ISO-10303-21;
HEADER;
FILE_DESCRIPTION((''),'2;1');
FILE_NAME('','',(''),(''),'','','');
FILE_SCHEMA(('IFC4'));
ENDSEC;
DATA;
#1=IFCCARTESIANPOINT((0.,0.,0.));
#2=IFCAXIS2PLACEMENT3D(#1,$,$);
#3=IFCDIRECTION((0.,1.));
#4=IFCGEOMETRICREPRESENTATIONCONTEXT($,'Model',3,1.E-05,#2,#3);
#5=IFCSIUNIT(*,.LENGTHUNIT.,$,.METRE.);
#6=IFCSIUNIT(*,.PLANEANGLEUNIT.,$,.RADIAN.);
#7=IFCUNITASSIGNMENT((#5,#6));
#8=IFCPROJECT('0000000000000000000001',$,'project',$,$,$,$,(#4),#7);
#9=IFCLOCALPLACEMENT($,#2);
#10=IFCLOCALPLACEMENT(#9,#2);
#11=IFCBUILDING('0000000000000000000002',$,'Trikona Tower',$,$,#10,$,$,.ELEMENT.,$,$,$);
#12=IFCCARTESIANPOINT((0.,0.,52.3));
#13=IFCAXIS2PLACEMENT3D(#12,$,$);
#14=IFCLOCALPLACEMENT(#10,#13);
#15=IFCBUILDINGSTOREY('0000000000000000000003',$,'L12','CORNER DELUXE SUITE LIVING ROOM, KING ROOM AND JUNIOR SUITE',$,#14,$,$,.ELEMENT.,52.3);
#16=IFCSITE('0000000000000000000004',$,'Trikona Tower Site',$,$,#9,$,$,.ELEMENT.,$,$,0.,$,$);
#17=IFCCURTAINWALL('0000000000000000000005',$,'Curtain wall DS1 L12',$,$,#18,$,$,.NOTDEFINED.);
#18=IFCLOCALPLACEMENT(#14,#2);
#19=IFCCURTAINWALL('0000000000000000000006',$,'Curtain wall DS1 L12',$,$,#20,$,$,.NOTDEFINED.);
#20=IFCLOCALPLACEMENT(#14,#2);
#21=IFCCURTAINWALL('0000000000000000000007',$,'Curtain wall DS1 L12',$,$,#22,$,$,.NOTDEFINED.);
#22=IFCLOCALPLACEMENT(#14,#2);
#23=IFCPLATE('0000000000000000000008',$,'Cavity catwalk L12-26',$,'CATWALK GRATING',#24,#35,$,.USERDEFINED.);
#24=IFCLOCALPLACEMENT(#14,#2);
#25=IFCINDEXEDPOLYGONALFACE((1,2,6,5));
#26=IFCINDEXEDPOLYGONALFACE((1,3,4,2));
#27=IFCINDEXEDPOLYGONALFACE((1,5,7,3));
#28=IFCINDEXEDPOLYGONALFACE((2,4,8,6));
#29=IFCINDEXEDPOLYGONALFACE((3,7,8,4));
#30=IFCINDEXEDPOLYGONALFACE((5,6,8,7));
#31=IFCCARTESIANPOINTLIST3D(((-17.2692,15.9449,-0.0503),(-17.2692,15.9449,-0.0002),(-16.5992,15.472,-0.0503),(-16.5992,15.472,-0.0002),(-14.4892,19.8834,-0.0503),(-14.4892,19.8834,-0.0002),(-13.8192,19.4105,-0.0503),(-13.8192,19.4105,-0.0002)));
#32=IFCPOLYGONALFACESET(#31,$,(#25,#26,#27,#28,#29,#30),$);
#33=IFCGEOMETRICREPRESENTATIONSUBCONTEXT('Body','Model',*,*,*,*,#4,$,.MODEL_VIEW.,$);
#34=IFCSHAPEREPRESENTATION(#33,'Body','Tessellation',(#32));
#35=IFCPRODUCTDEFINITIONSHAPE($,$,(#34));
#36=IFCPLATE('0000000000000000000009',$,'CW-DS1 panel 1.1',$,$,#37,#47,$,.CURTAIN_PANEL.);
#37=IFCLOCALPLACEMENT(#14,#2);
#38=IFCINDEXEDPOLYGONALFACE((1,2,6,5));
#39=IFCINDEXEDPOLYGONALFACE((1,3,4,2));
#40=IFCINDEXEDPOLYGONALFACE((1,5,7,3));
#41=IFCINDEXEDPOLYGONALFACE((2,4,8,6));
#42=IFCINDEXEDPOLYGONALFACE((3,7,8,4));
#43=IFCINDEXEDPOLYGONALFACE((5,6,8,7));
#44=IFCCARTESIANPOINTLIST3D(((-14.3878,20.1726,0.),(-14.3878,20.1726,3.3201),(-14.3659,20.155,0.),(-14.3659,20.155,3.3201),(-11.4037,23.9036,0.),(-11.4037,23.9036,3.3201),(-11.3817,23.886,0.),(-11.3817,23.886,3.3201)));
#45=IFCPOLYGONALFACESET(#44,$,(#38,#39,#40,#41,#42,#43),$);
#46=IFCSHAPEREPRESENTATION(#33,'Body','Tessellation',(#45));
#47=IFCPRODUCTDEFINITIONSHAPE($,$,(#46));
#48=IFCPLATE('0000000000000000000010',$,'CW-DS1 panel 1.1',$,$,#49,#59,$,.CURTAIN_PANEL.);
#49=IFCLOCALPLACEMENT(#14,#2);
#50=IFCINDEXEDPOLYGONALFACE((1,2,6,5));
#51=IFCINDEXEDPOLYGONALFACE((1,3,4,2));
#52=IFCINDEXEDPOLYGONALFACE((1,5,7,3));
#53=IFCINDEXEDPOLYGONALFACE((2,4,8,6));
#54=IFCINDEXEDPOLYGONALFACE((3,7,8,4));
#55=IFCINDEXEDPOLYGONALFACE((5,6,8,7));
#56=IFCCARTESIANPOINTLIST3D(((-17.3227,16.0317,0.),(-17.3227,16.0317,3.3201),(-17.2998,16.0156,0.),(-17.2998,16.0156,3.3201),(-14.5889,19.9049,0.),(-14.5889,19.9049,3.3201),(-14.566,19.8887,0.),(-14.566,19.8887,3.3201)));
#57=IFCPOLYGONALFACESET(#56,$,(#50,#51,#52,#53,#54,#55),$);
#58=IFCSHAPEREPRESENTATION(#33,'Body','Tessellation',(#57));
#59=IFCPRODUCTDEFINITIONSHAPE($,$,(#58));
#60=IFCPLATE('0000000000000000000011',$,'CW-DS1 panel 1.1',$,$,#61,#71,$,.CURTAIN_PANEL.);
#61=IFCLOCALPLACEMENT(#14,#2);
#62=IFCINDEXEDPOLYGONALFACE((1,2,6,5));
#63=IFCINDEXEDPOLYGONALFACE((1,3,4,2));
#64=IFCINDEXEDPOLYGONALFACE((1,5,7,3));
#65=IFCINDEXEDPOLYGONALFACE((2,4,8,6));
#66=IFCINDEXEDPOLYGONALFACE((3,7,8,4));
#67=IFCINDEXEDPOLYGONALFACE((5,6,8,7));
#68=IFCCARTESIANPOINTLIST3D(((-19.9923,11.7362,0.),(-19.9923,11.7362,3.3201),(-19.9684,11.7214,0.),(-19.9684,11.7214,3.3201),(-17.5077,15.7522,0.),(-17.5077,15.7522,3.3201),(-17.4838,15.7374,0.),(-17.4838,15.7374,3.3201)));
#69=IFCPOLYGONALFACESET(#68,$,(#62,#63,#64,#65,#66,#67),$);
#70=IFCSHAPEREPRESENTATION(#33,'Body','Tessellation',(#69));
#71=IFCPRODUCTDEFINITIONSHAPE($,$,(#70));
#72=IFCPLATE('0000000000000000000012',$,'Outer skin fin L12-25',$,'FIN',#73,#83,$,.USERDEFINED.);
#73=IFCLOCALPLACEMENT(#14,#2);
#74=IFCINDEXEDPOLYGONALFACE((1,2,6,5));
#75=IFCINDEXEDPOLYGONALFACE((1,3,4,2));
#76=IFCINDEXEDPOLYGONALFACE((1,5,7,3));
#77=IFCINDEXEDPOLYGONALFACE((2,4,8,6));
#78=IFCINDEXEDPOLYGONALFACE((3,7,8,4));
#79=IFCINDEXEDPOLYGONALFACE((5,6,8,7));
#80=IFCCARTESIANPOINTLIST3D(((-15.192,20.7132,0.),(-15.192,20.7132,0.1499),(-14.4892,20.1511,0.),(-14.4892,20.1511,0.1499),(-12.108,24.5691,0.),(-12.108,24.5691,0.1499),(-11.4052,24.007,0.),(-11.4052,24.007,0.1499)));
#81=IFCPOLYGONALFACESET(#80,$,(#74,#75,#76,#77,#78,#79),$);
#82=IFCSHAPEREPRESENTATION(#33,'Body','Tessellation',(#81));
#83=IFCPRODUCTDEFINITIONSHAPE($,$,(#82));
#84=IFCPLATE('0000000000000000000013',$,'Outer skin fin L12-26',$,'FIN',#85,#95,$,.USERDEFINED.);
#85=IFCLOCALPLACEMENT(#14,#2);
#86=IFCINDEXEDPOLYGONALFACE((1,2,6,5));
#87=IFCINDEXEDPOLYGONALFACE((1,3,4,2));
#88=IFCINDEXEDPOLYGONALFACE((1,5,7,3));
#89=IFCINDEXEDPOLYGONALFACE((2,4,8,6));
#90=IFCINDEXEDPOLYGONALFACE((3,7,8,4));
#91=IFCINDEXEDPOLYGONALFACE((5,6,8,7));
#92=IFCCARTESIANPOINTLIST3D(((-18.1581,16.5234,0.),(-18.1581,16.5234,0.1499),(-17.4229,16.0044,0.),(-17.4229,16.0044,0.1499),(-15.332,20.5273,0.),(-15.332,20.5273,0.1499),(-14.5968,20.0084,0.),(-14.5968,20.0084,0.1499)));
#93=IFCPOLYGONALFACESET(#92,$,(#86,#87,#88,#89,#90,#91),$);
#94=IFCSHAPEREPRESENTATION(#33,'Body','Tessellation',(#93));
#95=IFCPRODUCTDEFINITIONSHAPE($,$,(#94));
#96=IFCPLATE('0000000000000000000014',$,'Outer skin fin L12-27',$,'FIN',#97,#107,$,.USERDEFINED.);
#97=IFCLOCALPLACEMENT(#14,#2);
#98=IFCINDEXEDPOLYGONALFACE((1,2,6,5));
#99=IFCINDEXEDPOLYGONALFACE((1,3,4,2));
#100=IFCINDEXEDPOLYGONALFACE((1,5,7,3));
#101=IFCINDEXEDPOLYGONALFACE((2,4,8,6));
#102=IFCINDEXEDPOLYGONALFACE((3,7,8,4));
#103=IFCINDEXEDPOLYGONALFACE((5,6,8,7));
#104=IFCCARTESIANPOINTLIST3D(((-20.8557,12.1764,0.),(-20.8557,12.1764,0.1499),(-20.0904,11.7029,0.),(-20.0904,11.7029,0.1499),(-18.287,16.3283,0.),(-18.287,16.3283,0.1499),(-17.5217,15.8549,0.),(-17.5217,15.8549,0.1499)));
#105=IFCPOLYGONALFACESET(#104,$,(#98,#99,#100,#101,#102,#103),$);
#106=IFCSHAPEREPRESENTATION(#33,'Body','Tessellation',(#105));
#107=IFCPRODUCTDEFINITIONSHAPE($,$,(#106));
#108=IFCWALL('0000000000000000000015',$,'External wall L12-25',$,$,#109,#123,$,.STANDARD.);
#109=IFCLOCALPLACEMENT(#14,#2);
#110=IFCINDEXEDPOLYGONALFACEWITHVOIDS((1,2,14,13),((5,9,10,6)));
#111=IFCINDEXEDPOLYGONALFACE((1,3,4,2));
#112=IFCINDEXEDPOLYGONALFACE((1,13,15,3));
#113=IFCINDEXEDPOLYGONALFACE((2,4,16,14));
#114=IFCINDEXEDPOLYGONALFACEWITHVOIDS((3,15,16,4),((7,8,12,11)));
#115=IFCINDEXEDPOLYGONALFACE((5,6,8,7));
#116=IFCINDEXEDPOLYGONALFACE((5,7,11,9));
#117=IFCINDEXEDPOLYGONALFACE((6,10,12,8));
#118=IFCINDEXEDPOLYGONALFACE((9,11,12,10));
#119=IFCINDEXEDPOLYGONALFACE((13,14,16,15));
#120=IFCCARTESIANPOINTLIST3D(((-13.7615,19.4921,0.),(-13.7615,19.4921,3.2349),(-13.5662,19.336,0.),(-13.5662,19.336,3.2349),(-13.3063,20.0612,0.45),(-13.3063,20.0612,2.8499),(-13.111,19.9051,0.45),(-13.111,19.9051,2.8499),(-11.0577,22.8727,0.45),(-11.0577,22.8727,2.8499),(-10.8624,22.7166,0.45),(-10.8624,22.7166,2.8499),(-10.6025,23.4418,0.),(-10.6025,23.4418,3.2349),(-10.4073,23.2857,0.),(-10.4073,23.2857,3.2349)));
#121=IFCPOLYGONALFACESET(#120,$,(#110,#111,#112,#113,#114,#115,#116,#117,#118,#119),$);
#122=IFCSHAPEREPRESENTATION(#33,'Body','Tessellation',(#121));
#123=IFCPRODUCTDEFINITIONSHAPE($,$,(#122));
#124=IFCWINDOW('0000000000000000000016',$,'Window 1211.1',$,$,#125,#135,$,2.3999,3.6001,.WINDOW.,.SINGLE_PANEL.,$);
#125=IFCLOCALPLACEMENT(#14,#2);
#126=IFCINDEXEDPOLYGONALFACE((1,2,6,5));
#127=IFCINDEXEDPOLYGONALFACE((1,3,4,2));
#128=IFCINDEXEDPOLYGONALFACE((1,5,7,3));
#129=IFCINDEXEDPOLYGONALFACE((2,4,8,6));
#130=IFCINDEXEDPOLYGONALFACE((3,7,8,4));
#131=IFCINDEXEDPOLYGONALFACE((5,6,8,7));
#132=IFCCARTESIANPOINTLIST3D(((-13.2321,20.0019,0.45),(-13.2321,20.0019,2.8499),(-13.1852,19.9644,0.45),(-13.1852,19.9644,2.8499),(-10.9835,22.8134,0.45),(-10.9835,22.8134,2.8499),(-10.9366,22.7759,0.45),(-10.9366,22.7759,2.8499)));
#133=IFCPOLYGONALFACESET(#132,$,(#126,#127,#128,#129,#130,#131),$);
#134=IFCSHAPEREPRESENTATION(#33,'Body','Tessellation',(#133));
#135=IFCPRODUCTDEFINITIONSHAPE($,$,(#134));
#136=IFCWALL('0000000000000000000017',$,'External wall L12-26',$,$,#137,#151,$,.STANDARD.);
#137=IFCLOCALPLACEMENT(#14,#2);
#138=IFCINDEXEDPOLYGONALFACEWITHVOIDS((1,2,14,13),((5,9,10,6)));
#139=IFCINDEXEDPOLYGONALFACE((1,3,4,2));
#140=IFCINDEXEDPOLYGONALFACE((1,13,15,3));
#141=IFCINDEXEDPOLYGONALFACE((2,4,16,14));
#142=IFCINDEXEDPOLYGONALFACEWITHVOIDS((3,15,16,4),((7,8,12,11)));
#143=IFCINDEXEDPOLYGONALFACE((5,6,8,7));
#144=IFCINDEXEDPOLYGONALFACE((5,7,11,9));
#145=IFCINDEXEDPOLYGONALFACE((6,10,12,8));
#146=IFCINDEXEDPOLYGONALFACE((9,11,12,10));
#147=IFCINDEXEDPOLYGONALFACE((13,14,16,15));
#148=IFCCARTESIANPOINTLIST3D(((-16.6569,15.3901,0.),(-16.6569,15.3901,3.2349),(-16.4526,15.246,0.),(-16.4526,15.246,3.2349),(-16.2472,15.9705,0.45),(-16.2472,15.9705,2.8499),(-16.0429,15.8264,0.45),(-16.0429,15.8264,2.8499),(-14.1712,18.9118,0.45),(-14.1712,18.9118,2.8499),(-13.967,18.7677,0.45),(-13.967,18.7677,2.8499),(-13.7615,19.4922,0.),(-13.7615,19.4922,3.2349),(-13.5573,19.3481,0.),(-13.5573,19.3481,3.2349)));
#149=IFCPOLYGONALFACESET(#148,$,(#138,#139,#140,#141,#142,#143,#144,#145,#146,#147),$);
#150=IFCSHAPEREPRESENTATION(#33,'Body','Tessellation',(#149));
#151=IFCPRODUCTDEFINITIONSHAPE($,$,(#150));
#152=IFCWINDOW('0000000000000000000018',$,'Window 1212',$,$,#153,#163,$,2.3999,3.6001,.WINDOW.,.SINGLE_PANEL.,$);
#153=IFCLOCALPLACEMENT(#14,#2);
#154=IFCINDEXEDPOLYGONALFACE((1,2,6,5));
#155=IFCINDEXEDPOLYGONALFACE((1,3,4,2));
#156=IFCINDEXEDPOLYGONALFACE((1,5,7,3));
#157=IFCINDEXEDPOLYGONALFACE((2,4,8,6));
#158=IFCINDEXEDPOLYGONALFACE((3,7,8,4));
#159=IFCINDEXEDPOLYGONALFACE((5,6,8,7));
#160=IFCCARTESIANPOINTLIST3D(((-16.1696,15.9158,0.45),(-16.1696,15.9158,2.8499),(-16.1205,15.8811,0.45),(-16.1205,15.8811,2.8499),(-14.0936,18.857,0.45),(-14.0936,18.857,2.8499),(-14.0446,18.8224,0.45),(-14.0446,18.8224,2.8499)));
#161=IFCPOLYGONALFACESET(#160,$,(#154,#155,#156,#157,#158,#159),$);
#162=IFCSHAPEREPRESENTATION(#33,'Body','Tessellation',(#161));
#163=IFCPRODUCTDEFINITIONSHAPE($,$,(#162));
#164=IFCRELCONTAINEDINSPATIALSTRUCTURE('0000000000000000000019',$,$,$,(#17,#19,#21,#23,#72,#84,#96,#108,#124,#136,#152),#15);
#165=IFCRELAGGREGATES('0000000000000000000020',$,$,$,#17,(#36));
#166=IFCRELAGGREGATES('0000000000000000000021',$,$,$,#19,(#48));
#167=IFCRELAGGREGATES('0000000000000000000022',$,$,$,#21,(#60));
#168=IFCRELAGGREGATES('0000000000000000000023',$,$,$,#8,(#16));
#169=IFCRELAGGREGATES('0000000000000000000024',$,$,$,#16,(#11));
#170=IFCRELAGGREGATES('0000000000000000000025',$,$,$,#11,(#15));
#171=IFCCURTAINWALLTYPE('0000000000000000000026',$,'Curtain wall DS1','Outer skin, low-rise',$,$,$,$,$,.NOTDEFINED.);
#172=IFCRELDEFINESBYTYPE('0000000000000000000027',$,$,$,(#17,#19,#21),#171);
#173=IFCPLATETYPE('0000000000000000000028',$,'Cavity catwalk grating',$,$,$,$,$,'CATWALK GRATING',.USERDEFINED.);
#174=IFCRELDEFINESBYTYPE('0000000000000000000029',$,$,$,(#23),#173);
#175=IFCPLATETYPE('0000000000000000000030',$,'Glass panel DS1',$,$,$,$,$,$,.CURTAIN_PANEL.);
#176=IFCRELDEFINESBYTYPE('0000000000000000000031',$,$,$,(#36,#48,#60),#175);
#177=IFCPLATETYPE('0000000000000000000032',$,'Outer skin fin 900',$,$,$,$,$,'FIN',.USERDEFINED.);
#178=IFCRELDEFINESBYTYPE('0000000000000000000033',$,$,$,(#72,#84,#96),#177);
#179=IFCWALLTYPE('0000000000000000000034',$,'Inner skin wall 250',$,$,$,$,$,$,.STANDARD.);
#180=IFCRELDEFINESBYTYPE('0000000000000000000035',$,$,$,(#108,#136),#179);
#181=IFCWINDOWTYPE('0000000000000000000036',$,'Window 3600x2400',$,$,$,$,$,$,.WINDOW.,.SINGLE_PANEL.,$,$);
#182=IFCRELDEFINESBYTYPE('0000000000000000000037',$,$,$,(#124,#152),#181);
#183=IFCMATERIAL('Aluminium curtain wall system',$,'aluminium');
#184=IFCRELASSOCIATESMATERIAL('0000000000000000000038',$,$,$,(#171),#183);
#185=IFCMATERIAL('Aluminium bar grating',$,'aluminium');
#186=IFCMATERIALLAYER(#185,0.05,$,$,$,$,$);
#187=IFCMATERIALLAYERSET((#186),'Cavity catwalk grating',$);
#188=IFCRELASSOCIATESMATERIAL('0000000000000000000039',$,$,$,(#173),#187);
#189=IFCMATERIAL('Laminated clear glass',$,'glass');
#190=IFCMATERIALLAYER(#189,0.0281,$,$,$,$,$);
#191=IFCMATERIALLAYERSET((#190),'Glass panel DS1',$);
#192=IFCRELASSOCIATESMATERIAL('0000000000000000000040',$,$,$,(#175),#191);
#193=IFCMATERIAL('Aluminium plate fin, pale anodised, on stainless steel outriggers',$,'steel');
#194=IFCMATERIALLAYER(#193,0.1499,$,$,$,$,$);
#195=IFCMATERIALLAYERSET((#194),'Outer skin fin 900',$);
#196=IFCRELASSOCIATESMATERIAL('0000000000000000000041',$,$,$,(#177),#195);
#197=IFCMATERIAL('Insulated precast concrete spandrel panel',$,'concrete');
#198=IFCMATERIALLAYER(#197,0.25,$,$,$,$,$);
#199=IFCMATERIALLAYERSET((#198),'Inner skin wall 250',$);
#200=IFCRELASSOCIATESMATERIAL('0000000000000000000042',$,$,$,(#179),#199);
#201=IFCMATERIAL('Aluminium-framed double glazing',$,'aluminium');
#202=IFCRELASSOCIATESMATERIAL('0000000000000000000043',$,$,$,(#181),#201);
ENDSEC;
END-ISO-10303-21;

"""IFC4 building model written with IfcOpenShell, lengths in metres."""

from ifc_helpers import new_model, si_unit, direction, frame, frame_2d, origin, origin_2d, place, context, subcontext, project, spatial, rectangle, extrude, material, layer, layer_set, type_object, element, fill, aggregate, save


model = new_model("IFC4")

# Units and contexts
model_context = context("Model", 3, precision=1e-05, world=origin(), true_north=direction((0.0, 1.0)))
body_context = subcontext(model_context, "Body", "Model", "MODEL_VIEW")
ifc_project = project(units=[si_unit("LENGTHUNIT", "METRE"), si_unit("PLANEANGLEUNIT", "RADIAN")], contexts=[model_context])

# Site, building, storey
site_placement = place(None, origin())
site = spatial("IfcSite", under=ifc_project, at=site_placement, Name="Trikona Tower Site", CompositionType="ELEMENT", RefElevation=0.0)
building_placement = place(site_placement, origin())
building = spatial("IfcBuilding", under=site, at=building_placement, Name="Trikona Tower", CompositionType="ELEMENT")
storey_placement = place(building_placement, frame((0.0, 0.0, 52.3)))
storey = spatial("IfcBuildingStorey", under=building, at=storey_placement, Name="L12", Description="CORNER DELUXE SUITE LIVING ROOM, KING ROOM AND JUNIOR SUITE", CompositionType="ELEMENT", Elevation=52.3)

# Shared definitions
ifc_material_1 = material(Name="Aluminium curtain wall system", Category="aluminium")
curtain_wall_type = type_object("IfcCurtainWallType", Name="Curtain wall DS1", Description="Outer skin, low-rise", PredefinedType="NOTDEFINED", material=ifc_material_1)

# Curtain walls
curtain_wall_1_placement = place(storey_placement, origin())
curtain_wall_1 = element("IfcCurtainWall", 1, at=curtain_wall_1_placement, inside=storey, type_object=curtain_wall_type, Name="Curtain wall DS1 L12", PredefinedType="NOTDEFINED")
curtain_wall_2_placement = place(storey_placement, origin())
curtain_wall_2 = element("IfcCurtainWall", 2, at=curtain_wall_2_placement, inside=storey, type_object=curtain_wall_type, Name="Curtain wall DS1 L12", PredefinedType="NOTDEFINED")

# Curtain wall
curtain_wall_3_placement = place(storey_placement, origin())
curtain_wall_3 = element("IfcCurtainWall", 3, at=curtain_wall_3_placement, inside=storey, type_object=curtain_wall_type, Name="Curtain wall DS1 L12", PredefinedType="NOTDEFINED")

# Plate
ifc_material_2 = material(Name="Aluminium bar grating", Category="aluminium")
ifc_layer_1 = layer(ifc_material_2, 0.05)
ifc_layer_set_1 = layer_set([ifc_layer_1], Name="Cavity catwalk grating")
plate_type_1 = type_object("IfcPlateType", Name="Cavity catwalk grating", ElementType="CATWALK GRATING", PredefinedType="USERDEFINED", material=ifc_layer_set_1)
plate_1_placement = place(storey_placement, frame((-15.5442, 17.6777, -0.0503), z_axis=(0.0, 0.0, 1.0), x_axis=(-0.576662, -0.816983, 0.0)))
element("IfcPlate", 4, at=plate_1_placement, inside=storey, type_object=plate_type_1, Name="Cavity catwalk L12-26", ObjectType="CATWALK GRATING", PredefinedType="USERDEFINED", context=body_context, shape_type="SweptSolid", body=[
    extrude(rectangle(XDim=4.8208, YDim=0.8201, at=origin_2d()), origin(), (0.0, 0.0, 1.0), 0.05),
])

# Plates
ifc_material_3 = material(Name="Laminated clear glass", Category="glass")
ifc_layer_2 = layer(ifc_material_3, 0.0281)
ifc_layer_set_2 = layer_set([ifc_layer_2], Name="Glass panel DS1")
plate_type_2 = type_object("IfcPlateType", Name="Glass panel DS1", PredefinedType="CURTAIN_PANEL", material=ifc_layer_set_2)
plate_2_placement = place(storey_placement, frame((-12.8848, 22.0293, 0.0), z_axis=(0.0, 0.0, 1.0), x_axis=(-0.624609, -0.780938, 0.0)))
plate_2 = element("IfcPlate", 5, at=plate_2_placement, type_object=plate_type_2, Name="CW-DS1 panel 1.1", PredefinedType="CURTAIN_PANEL", context=body_context, shape_type="SweptSolid", body=[
    extrude(rectangle(XDim=4.7776, YDim=0.0281, at=origin_2d()), origin(), (0.0, 0.0, 1.0), 3.3201),
])
aggregate(curtain_wall_1, [plate_2])
plate_3_placement = place(storey_placement, frame((-15.9443, 17.9602, 0.0), z_axis=(0.0, 0.0, 1.0), x_axis=(-0.576658, -0.816985, 0.0)))
plate_3 = element("IfcPlate", 6, at=plate_3_placement, type_object=plate_type_2, Name="CW-DS1 panel 1.1", PredefinedType="CURTAIN_PANEL", context=body_context, shape_type="SweptSolid", body=[
    extrude(rectangle(XDim=4.7407, YDim=0.0281, at=origin_2d()), origin(), (0.0, 0.0, 1.0), 3.3201),
])
aggregate(curtain_wall_2, [plate_3])
plate_4_placement = place(storey_placement, frame((-18.738, 13.7368, 0.0), z_axis=(0.0, 0.0, 1.0), x_axis=(-0.52612, -0.85041, 0.0)))
plate_4 = element("IfcPlate", 7, at=plate_4_placement, type_object=plate_type_2, Name="CW-DS1 panel 1.1", PredefinedType="CURTAIN_PANEL", context=body_context, shape_type="SweptSolid", body=[
    extrude(rectangle(XDim=4.7224, YDim=0.0281, at=origin_2d()), origin(), (0.0, 0.0, 1.0), 3.3201),
])
aggregate(curtain_wall_3, [plate_4])

# Plates
ifc_material_4 = material(Name="Aluminium plate fin, pale anodised, on stainless steel outriggers", Category="steel")
ifc_layer_3 = layer(ifc_material_4, 0.1499)
ifc_layer_set_3 = layer_set([ifc_layer_3], Name="Outer skin fin 900")
plate_type_3 = type_object("IfcPlateType", Name="Outer skin fin 900", ElementType="FIN", PredefinedType="USERDEFINED", material=ifc_layer_set_3)
plate_5_placement = place(storey_placement, frame((-13.2986, 22.3601, 0.0), z_axis=(0.0, 0.0, 1.0), x_axis=(-0.624604, -0.780942, 0.0)))
element("IfcPlate", 8, at=plate_5_placement, inside=storey, type_object=plate_type_3, Name="Outer skin fin L12-25", ObjectType="FIN", PredefinedType="USERDEFINED", context=body_context, shape_type="SweptSolid", body=[
    extrude(rectangle(XDim=4.9375, YDim=0.8999, at=origin_2d()), origin(), (0.0, 0.0, 1.0), 0.1499),
])
plate_6_placement = place(storey_placement, frame((-16.3774, 18.2659, 0.0), z_axis=(0.0, 0.0, 1.0), x_axis=(-0.576662, -0.816983, 0.0)))
element("IfcPlate", 9, at=plate_6_placement, inside=storey, type_object=plate_type_3, Name="Outer skin fin L12-26", ObjectType="FIN", PredefinedType="USERDEFINED", context=body_context, shape_type="SweptSolid", body=[
    extrude(rectangle(XDim=4.9009, YDim=0.8999, at=origin_2d()), origin(), (0.0, 0.0, 1.0), 0.1499),
])
plate_7_placement = place(storey_placement, frame((-19.1887, 14.0156, 0.0), z_axis=(0.0, 0.0, 1.0), x_axis=(-0.526119, -0.850411, 0.0)))
element("IfcPlate", 10, at=plate_7_placement, inside=storey, type_object=plate_type_3, Name="Outer skin fin L12-27", ObjectType="FIN", PredefinedType="USERDEFINED", context=body_context, shape_type="SweptSolid", body=[
    extrude(rectangle(XDim=4.8823, YDim=0.8999, at=origin_2d()), origin(), (0.0, 0.0, 1.0), 0.1499),
])

# Walls, openings, windows
ifc_material_5 = material(Name="Insulated precast concrete spandrel panel", Category="concrete")
ifc_layer_4 = layer(ifc_material_5, 0.25)
ifc_layer_set_4 = layer_set([ifc_layer_4], Name="Inner skin wall 250")
wall_type = type_object("IfcWallType", Name="Inner skin wall 250", PredefinedType="STANDARD", material=ifc_layer_set_4)
wall_1_placement = place(storey_placement, frame((-10.5049, 23.3638, 0.0), z_axis=(0.0, 0.0, 1.0), x_axis=(-0.624595, -0.780949, 0.0)))
wall_1 = element("IfcWall", 11, at=wall_1_placement, inside=storey, type_object=wall_type, Name="External wall L12-25", PredefinedType="STANDARD", context=body_context, shape_type="SweptSolid", body=[
    extrude(rectangle(XDim=5.0576, YDim=0.25, at=frame_2d((2.5288, 0.0))), origin(), (0.0, 0.0, 1.0), 3.2349),
])
opening_1_placement = place(wall_1_placement, frame((0.7288, 0.0, 0.45)))
opening_1 = element("IfcOpeningElement", 12, at=opening_1_placement, cuts=wall_1, PredefinedType="OPENING", context=body_context, shape_type="SweptSolid", body=[
    extrude(rectangle(XDim=3.6001, YDim=2.3999, at=frame_2d((1.8, 1.2))), frame((0.0, 0.135, 0.0), z_axis=(0.0, -1.0, 0.0), x_axis=(1.0, 0.0, 0.0)), (0.0, 0.0, 1.0), 0.27),
])
ifc_material_6 = material(Name="Aluminium-framed double glazing", Category="aluminium")
window_type = type_object("IfcWindowType", Name="Window 3600x2400", PartitioningType="SINGLE_PANEL", PredefinedType="WINDOW", material=ifc_material_6)
window_1_placement = place(opening_1_placement, origin())
window_1 = element("IfcWindow", 13, at=window_1_placement, inside=storey, type_object=window_type, Name="Window 1211.1", OverallHeight=2.3999, OverallWidth=3.6001, PartitioningType="SINGLE_PANEL", PredefinedType="WINDOW", context=body_context, shape_type="SweptSolid", body=[
    extrude(rectangle(XDim=3.6001, YDim=2.3999, at=frame_2d((1.8, 1.2))), frame((0.0, 0.03, 0.0), z_axis=(0.0, -1.0, 0.0), x_axis=(1.0, 0.0, 0.0)), (0.0, 0.0, 1.0), 0.0601),
])
fill(opening_1, window_1)
wall_2_placement = place(storey_placement, frame((-13.6594, 19.4202, 0.0), z_axis=(0.0, 0.0, 1.0), x_axis=(-0.576643, -0.816996, 0.0)))
wall_2 = element("IfcWall", 14, at=wall_2_placement, inside=storey, type_object=wall_type, Name="External wall L12-26", PredefinedType="STANDARD", context=body_context, shape_type="SweptSolid", body=[
    extrude(rectangle(XDim=5.021, YDim=0.25, at=frame_2d((2.5105, 0.0))), origin(), (0.0, 0.0, 1.0), 3.2349),
])
opening_2_placement = place(wall_2_placement, frame((0.7104, 0.0, 0.45)))
opening_2 = element("IfcOpeningElement", 15, at=opening_2_placement, cuts=wall_2, PredefinedType="OPENING", context=body_context, shape_type="SweptSolid", body=[
    extrude(rectangle(XDim=3.6001, YDim=2.3999, at=frame_2d((1.8, 1.2))), frame((0.0, 0.135, 0.0), z_axis=(0.0, -1.0, 0.0), x_axis=(1.0, 0.0, 0.0)), (0.0, 0.0, 1.0), 0.27),
])
window_2_placement = place(opening_2_placement, origin())
window_2 = element("IfcWindow", 16, at=window_2_placement, inside=storey, type_object=window_type, Name="Window 1212", OverallHeight=2.3999, OverallWidth=3.6001, PartitioningType="SINGLE_PANEL", PredefinedType="WINDOW", context=body_context, shape_type="SweptSolid", body=[
    extrude(rectangle(XDim=3.6001, YDim=2.3999, at=frame_2d((1.8, 1.2))), frame((0.0, 0.03, 0.0), z_axis=(0.0, -1.0, 0.0), x_axis=(1.0, 0.0, 0.0)), (0.0, 0.0, 1.0), 0.0601),
])
fill(opening_2, window_2)

save(model, "model.ifc")
